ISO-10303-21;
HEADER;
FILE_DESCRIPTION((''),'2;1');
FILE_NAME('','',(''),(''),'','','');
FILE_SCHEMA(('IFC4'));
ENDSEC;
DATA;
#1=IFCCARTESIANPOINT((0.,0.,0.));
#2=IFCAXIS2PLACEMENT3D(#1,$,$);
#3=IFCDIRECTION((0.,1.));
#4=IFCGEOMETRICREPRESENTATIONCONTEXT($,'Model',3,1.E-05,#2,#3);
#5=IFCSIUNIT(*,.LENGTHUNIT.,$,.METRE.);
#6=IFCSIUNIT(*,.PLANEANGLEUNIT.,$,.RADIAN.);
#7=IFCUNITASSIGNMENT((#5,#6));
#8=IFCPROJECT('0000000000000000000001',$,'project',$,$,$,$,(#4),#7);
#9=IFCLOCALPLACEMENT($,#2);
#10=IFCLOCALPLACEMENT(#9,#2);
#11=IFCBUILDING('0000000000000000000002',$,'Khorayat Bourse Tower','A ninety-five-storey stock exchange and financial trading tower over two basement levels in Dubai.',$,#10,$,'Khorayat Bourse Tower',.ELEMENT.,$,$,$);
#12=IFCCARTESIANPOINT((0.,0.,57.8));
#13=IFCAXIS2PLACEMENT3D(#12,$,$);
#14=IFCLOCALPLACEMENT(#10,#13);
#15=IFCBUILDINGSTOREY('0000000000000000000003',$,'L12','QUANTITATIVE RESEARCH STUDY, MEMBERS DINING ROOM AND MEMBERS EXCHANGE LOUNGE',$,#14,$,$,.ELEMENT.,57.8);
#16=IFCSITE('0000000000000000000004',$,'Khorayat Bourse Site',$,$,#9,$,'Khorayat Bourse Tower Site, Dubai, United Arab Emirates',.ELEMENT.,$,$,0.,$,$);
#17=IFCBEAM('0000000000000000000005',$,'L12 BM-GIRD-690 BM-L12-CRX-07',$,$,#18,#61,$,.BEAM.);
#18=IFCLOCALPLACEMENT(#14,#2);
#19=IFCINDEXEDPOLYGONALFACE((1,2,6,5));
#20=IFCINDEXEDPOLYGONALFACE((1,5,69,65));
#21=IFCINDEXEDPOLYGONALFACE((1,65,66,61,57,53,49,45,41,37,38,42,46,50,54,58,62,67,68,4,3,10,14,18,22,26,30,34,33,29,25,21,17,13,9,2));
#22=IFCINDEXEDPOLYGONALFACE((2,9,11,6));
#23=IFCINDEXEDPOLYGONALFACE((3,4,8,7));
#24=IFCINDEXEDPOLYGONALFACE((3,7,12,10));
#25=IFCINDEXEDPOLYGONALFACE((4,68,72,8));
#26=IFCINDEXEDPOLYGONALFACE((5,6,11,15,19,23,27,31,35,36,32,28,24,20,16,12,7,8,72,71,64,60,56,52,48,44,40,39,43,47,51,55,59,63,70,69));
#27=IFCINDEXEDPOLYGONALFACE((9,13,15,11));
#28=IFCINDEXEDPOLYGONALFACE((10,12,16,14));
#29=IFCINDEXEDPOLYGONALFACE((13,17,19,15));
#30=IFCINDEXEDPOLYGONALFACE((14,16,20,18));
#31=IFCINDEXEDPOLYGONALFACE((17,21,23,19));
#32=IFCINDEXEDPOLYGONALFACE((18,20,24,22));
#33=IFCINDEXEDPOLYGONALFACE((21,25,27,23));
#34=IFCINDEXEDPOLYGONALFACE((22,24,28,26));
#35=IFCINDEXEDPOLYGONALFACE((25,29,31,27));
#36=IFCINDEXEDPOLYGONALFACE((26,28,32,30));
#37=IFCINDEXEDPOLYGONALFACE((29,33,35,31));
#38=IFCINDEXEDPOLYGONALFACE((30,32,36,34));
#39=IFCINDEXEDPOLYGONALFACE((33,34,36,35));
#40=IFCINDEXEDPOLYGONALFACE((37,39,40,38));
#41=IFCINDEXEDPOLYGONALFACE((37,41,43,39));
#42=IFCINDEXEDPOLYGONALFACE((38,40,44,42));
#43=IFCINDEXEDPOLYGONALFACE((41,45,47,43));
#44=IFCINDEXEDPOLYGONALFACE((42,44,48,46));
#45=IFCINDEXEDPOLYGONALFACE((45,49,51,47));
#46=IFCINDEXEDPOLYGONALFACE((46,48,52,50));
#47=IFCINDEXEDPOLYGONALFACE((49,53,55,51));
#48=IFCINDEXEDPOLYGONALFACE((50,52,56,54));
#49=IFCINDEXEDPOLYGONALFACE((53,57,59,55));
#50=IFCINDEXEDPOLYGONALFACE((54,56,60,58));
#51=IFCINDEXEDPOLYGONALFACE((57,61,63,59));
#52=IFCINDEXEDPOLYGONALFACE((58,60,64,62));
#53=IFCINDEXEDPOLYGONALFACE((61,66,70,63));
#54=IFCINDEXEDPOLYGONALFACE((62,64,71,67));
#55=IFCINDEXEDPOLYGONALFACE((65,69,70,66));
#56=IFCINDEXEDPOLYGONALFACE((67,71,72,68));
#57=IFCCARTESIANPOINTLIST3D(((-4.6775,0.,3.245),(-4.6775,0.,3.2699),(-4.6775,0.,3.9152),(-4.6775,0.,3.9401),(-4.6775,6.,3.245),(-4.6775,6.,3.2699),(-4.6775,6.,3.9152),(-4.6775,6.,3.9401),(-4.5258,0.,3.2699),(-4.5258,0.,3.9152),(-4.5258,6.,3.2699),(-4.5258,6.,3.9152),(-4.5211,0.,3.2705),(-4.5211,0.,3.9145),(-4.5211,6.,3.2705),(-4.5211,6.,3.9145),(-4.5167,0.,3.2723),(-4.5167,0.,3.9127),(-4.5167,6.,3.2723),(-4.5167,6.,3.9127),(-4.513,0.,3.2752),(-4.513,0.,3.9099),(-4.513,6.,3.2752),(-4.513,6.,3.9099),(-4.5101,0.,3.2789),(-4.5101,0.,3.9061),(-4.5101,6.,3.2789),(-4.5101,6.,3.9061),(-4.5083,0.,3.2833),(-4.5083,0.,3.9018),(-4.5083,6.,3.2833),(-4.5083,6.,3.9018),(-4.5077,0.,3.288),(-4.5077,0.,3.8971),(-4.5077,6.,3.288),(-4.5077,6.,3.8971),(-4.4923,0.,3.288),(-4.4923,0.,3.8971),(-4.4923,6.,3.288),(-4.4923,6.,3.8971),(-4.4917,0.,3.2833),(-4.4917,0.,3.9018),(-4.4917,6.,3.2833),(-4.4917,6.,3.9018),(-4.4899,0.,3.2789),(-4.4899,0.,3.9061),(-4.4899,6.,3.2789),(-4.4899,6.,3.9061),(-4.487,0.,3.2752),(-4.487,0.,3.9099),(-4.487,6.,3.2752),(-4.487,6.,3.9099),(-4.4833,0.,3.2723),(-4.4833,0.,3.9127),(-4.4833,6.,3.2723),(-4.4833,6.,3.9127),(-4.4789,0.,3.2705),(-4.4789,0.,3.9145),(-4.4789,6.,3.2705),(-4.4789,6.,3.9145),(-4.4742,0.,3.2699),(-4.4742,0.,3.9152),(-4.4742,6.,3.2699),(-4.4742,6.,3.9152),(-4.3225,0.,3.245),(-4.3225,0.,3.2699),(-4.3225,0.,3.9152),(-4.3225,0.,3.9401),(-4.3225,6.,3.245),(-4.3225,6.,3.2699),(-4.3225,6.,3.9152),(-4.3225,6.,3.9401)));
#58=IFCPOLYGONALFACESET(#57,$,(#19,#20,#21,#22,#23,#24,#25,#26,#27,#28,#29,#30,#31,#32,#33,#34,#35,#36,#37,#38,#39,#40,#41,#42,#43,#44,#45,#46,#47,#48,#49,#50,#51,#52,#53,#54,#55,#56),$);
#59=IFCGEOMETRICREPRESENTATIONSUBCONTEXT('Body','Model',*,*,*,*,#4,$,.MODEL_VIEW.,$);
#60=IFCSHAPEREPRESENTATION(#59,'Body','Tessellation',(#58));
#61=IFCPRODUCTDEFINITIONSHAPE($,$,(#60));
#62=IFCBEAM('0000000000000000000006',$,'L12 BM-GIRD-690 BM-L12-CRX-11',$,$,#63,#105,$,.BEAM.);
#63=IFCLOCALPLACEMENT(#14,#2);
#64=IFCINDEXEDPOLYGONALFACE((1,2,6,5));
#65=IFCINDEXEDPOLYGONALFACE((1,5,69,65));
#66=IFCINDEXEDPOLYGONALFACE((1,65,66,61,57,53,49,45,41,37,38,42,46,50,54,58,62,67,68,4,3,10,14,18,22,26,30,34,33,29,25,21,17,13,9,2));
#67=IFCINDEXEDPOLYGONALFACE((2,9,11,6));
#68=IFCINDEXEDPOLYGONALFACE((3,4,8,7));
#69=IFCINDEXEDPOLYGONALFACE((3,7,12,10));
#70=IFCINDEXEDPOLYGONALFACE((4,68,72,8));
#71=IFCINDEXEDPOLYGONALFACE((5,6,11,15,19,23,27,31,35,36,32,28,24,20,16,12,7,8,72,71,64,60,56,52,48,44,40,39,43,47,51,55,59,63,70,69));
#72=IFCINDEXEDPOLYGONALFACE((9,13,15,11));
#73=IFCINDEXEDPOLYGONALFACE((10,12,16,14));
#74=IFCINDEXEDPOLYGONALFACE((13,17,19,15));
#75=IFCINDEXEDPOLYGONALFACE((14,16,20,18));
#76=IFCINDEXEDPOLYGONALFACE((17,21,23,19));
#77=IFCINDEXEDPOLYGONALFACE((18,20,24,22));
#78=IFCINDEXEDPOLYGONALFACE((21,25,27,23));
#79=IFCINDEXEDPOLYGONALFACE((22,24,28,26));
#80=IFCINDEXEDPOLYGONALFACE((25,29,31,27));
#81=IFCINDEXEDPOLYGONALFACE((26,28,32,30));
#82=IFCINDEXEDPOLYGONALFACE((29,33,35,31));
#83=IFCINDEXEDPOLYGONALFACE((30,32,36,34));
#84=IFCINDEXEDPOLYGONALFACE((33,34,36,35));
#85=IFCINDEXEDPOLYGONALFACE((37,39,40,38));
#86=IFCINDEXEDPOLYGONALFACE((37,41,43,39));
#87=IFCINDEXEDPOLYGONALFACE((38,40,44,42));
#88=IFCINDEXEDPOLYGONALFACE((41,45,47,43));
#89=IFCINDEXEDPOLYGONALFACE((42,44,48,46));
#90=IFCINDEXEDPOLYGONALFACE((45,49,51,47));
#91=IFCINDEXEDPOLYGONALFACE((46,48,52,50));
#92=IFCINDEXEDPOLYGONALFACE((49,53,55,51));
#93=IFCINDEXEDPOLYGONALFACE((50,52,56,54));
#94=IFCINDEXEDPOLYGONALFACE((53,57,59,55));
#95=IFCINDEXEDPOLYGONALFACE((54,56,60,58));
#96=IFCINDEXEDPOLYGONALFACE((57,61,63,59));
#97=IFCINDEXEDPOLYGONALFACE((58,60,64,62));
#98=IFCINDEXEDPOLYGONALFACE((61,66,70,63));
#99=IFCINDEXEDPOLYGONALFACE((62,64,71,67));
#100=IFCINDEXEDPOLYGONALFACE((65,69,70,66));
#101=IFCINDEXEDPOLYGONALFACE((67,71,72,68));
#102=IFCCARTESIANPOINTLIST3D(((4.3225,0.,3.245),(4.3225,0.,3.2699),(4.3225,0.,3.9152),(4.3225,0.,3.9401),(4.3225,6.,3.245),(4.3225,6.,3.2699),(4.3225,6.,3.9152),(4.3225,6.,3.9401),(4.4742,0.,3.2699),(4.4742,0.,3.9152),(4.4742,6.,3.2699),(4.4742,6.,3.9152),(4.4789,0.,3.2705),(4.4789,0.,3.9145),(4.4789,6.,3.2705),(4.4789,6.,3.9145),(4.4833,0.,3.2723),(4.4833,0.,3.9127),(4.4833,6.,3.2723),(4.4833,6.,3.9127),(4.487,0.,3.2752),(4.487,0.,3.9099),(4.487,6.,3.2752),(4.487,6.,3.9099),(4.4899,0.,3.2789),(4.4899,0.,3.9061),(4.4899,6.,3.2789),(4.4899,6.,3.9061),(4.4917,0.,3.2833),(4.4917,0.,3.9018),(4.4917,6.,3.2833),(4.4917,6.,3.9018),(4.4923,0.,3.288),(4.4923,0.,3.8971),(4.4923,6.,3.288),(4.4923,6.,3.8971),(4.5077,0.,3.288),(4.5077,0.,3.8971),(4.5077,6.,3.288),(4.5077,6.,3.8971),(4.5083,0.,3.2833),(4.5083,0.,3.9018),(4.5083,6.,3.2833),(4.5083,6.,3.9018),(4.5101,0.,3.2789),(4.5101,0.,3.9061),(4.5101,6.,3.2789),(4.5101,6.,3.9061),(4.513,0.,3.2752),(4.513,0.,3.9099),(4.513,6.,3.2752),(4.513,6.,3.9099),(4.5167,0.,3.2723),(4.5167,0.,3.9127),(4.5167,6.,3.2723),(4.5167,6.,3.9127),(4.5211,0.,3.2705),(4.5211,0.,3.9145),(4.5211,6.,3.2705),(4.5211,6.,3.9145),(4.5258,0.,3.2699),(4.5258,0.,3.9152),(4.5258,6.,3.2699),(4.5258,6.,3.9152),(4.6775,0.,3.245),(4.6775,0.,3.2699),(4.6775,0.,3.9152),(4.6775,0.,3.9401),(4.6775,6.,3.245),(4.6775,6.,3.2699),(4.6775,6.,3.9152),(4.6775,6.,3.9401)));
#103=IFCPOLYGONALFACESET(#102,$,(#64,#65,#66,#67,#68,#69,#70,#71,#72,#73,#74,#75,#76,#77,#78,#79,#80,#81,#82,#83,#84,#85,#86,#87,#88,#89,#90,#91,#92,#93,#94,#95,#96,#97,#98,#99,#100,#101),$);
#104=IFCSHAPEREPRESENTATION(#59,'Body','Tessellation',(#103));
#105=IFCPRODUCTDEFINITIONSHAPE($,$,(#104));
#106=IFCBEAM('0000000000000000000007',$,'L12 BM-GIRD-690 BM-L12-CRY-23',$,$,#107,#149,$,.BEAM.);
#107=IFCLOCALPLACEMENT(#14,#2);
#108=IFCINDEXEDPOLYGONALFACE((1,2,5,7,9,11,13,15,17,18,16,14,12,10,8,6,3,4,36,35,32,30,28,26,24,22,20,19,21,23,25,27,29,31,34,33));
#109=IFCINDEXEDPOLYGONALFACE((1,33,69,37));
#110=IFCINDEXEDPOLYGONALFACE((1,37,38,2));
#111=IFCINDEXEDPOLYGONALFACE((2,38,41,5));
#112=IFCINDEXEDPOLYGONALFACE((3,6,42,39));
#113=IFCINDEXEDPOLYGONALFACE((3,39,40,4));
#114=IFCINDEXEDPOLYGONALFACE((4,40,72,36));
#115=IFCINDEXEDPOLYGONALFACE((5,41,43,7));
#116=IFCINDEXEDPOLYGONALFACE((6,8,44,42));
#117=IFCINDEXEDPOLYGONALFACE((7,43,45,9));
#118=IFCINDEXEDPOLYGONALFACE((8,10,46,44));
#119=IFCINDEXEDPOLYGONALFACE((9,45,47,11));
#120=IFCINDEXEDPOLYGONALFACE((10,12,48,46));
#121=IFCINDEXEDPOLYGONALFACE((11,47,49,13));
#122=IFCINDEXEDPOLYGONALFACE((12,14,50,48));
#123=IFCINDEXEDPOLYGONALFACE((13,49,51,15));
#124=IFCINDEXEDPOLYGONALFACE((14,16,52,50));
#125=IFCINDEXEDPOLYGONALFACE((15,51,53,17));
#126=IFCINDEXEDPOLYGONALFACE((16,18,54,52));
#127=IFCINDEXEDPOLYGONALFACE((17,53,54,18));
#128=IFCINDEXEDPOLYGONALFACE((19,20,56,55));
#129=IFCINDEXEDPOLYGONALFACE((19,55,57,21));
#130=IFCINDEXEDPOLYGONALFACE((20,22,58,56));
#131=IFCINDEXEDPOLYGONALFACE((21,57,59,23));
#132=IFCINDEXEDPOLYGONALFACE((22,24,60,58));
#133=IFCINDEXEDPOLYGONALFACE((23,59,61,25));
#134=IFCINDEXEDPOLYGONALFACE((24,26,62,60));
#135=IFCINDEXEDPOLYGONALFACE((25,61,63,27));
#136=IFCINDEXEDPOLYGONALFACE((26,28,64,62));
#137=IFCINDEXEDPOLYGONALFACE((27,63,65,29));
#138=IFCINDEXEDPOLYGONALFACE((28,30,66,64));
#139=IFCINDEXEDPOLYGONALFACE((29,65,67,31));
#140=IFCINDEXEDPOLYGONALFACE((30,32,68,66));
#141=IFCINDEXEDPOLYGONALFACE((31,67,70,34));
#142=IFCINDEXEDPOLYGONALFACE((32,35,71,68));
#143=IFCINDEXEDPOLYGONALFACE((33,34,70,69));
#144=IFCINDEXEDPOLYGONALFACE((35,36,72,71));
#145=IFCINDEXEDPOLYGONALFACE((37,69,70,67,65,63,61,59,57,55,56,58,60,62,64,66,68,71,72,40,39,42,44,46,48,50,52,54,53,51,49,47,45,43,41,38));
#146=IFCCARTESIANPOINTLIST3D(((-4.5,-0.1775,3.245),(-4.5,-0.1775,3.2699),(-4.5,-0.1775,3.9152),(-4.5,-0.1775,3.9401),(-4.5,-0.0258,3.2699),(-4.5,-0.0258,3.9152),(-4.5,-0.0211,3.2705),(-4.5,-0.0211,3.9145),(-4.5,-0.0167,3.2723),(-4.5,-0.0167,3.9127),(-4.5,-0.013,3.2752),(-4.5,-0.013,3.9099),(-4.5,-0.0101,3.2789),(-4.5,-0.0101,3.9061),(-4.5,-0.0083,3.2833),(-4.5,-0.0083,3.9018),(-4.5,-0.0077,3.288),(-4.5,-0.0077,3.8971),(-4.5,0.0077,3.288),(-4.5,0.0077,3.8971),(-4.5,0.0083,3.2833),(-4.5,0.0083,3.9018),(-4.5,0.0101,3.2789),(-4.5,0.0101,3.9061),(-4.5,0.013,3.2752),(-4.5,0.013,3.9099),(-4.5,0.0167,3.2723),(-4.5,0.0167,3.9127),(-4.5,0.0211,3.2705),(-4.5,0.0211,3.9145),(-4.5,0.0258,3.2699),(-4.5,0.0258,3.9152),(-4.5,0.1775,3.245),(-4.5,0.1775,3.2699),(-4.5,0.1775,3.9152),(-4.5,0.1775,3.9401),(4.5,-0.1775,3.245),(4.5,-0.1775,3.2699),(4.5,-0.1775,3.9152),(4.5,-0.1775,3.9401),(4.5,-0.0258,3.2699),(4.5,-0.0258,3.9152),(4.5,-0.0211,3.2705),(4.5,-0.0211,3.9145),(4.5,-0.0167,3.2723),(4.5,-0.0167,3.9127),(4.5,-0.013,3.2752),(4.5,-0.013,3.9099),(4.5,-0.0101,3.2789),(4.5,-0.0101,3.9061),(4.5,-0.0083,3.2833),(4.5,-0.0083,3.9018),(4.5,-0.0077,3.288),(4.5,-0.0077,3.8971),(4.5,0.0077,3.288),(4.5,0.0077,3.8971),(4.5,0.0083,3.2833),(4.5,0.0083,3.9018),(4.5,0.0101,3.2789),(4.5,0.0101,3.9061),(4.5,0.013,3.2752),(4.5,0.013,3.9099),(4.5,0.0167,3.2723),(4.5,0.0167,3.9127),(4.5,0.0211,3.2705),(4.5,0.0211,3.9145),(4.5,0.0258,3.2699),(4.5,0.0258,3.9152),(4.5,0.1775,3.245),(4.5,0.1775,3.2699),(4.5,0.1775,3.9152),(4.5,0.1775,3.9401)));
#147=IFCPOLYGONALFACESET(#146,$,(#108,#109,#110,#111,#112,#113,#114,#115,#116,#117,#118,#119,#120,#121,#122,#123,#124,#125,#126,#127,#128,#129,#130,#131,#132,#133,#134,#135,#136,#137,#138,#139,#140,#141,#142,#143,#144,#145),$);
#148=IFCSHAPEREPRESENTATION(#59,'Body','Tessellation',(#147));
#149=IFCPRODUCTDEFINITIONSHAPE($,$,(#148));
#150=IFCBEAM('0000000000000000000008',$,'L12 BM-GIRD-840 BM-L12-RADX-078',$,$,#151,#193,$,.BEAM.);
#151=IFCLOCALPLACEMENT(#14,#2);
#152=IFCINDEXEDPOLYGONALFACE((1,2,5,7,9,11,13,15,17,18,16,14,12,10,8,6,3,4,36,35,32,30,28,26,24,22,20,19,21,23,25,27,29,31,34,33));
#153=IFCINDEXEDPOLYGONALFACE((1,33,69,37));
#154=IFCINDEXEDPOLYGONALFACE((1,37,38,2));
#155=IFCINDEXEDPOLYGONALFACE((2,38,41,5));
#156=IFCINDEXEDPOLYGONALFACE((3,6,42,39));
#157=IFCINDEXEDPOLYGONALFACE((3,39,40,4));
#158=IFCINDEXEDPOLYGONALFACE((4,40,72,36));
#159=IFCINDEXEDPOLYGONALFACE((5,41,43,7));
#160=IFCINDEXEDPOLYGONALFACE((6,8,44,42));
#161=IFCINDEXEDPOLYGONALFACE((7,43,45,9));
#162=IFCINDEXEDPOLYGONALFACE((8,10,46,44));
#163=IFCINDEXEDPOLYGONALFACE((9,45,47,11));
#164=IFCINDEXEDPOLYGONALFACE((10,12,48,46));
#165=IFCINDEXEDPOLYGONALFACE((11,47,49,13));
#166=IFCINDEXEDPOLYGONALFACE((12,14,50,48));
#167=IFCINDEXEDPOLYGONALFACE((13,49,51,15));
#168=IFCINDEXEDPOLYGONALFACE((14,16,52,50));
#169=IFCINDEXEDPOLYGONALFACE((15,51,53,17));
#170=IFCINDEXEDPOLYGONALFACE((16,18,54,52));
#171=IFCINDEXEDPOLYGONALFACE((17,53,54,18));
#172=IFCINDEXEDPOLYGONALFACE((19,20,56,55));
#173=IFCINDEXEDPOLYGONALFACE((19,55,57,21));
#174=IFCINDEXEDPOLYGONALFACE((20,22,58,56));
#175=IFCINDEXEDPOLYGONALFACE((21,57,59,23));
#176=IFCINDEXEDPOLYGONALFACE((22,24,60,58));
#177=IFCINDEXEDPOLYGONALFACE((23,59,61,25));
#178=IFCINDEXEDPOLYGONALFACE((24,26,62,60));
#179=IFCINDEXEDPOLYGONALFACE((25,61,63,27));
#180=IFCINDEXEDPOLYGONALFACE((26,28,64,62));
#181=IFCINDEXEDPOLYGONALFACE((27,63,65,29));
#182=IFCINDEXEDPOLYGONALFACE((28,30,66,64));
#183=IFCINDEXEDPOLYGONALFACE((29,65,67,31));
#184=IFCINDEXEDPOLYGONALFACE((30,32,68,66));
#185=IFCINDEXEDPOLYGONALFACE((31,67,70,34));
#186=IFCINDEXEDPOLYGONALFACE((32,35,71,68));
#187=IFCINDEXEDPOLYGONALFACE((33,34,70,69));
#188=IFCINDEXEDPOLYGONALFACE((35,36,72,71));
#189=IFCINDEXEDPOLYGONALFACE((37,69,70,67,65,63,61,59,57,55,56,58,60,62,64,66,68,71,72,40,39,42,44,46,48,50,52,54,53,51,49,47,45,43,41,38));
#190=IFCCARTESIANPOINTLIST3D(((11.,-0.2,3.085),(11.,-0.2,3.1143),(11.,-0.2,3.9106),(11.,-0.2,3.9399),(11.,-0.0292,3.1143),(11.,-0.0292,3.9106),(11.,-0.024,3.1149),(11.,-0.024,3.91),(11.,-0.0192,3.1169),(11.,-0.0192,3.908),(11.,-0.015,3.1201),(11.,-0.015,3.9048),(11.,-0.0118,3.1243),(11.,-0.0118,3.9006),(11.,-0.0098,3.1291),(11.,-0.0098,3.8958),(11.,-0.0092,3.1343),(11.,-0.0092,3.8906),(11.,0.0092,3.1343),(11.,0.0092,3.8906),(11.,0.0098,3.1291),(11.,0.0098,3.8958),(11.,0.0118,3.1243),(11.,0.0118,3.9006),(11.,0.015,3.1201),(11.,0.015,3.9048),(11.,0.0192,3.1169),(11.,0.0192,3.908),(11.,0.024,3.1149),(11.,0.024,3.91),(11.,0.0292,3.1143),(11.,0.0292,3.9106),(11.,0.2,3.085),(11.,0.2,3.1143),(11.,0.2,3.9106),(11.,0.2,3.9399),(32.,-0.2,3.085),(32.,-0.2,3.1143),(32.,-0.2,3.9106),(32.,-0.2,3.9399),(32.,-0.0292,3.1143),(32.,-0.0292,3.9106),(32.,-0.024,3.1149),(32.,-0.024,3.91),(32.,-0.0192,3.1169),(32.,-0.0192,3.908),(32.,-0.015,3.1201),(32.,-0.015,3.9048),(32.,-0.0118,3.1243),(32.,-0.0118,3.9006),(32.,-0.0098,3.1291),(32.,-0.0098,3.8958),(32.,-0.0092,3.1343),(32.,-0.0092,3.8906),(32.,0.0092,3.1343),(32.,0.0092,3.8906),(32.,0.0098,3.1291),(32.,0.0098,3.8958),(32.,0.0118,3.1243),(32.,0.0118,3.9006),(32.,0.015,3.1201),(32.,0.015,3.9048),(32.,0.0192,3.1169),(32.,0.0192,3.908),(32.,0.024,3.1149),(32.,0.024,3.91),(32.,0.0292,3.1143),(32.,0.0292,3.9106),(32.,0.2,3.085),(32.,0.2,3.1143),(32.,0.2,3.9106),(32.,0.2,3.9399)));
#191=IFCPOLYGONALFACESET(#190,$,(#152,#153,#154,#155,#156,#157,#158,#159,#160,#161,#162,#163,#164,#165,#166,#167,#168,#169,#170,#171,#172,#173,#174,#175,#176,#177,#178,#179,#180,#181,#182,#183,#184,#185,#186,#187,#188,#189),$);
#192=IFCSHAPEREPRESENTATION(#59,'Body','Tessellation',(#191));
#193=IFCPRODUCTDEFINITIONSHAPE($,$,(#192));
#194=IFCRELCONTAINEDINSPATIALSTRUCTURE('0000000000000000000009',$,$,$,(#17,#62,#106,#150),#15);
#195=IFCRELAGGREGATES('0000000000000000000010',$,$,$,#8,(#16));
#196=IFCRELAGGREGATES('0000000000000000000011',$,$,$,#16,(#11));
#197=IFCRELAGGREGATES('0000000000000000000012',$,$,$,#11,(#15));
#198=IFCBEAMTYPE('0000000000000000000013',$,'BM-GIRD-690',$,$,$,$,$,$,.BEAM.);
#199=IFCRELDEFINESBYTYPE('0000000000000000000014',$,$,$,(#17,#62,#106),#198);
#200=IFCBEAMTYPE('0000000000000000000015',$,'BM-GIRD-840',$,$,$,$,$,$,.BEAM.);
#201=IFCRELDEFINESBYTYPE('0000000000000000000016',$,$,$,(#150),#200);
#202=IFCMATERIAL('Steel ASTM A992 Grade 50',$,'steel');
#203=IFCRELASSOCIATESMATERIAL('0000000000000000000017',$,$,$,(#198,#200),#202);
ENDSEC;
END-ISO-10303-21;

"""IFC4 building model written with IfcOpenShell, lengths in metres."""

from ifc_helpers import new_model, si_unit, direction, frame, origin, origin_2d, place, context, subcontext, project, spatial, i_section, extrude, source, transform, mapped, material, material_profile, profile_set, type_object, element, save


model = new_model("IFC4")

# Units and contexts
model_context = context("Model", 3, precision=1e-05, world=origin(), true_north=direction((0.0, 1.0)))
body_context = subcontext(model_context, "Body", "Model", "MODEL_VIEW")
ifc_project = project(units=[si_unit("LENGTHUNIT", "METRE"), si_unit("PLANEANGLEUNIT", "RADIAN")], contexts=[model_context])

# Site, building, storey
site_placement = place(None, origin())
site = spatial("IfcSite", under=ifc_project, at=site_placement, Name="Khorayat Bourse Site", LongName="Khorayat Bourse Tower Site, Dubai, United Arab Emirates", CompositionType="ELEMENT", RefElevation=0.0)
building_placement = place(site_placement, origin())
building = spatial("IfcBuilding", under=site, at=building_placement, Name="Khorayat Bourse Tower", Description="A ninety-five-storey stock exchange and financial trading tower over two basement levels in Dubai.", LongName="Khorayat Bourse Tower", CompositionType="ELEMENT")
storey_placement = place(building_placement, frame((0.0, 0.0, 57.8)))
storey = spatial("IfcBuildingStorey", under=building, at=storey_placement, Name="L12", Description="QUANTITATIVE RESEARCH STUDY, MEMBERS DINING ROOM AND MEMBERS EXCHANGE LOUNGE", CompositionType="ELEMENT", Elevation=57.8)

# Beams
ifc_material_1 = material(Name="Steel ASTM A992 Grade 50", Category="steel")
ifc_material_profile_1 = material_profile(ifc_material_1, i_section(OverallWidth=0.355, OverallDepth=0.6951, WebThickness=0.0154, FlangeThickness=0.0249, FilletRadius=0.0181, at=origin_2d()), Name="W690X217")
ifc_profile_set_1 = profile_set([ifc_material_profile_1], Name="Steel ASTM A992 Grade 50")
beam_type_1 = type_object("IfcBeamType", Name="BM-GIRD-690", PredefinedType="BEAM", material=ifc_profile_set_1)
shared_shape_1 = source(origin(), body_context, "Body", "SweptSolid", [
    extrude(i_section(OverallWidth=0.355, OverallDepth=0.6951, WebThickness=0.0154, FlangeThickness=0.0249, FilletRadius=0.0181, at=origin_2d()), origin(), (0.0, 0.0, 1.0), 6.0),
])
for number, where, z_axis, x_axis, name in (
    (1, (-4.5, 0.0, 3.5925), (0.0, 1.0, 0.0), (-1.0, 0.0, 0.0), "L12 BM-GIRD-690 BM-L12-CRX-07"),
    (2, (4.5, 0.0, 3.5925), (0.0, 1.0, 0.0), (-1.0, 0.0, 0.0), "L12 BM-GIRD-690 BM-L12-CRX-11"),
):
    element("IfcBeam", number, at=place(storey_placement, frame(where, z_axis=z_axis, x_axis=x_axis)), inside=storey, type_object=beam_type_1, Name=name, PredefinedType="BEAM", context=body_context, shape_type="MappedRepresentation", body=[
        mapped(shared_shape_1, transform((0.0, 0.0, 0.0), scale=1.0)),
    ])
shared_shape_2 = source(origin(), body_context, "Body", "SweptSolid", [
    extrude(i_section(OverallWidth=0.355, OverallDepth=0.6951, WebThickness=0.0154, FlangeThickness=0.0249, FilletRadius=0.0181, at=origin_2d()), origin(), (0.0, 0.0, 1.0), 9.0),
])
beam_1_placement = place(storey_placement, frame((-4.5, 0.0, 3.5925), z_axis=(1.0, 0.0, 0.0), x_axis=(0.0, 1.0, 0.0)))
element("IfcBeam", 3, at=beam_1_placement, inside=storey, type_object=beam_type_1, Name="L12 BM-GIRD-690 BM-L12-CRY-23", PredefinedType="BEAM", context=body_context, shape_type="MappedRepresentation", body=[
    mapped(shared_shape_2, transform((0.0, 0.0, 0.0), scale=1.0)),
])
ifc_material_profile_2 = material_profile(ifc_material_1, i_section(OverallWidth=0.3999, OverallDepth=0.855, WebThickness=0.0183, FlangeThickness=0.0293, FilletRadius=0.02, at=origin_2d()), Name="W840X299")
ifc_profile_set_2 = profile_set([ifc_material_profile_2], Name="Steel ASTM A992 Grade 50")
beam_type_2 = type_object("IfcBeamType", Name="BM-GIRD-840", PredefinedType="BEAM", material=ifc_profile_set_2)
shared_shape_3 = source(origin(), body_context, "Body", "SweptSolid", [
    extrude(i_section(OverallWidth=0.3999, OverallDepth=0.855, WebThickness=0.0183, FlangeThickness=0.0293, FilletRadius=0.02, at=origin_2d()), origin(), (0.0, 0.0, 1.0), 21.0),
])
beam_2_placement = place(storey_placement, frame((11.0, 0.0, 3.5125), z_axis=(1.0, 0.0, 0.0), x_axis=(0.0, 1.0, 0.0)))
element("IfcBeam", 4, at=beam_2_placement, inside=storey, type_object=beam_type_2, Name="L12 BM-GIRD-840 BM-L12-RADX-078", PredefinedType="BEAM", context=body_context, shape_type="MappedRepresentation", body=[
    mapped(shared_shape_3, transform((0.0, 0.0, 0.0), scale=1.0)),
])

save(model, "model.ifc")
